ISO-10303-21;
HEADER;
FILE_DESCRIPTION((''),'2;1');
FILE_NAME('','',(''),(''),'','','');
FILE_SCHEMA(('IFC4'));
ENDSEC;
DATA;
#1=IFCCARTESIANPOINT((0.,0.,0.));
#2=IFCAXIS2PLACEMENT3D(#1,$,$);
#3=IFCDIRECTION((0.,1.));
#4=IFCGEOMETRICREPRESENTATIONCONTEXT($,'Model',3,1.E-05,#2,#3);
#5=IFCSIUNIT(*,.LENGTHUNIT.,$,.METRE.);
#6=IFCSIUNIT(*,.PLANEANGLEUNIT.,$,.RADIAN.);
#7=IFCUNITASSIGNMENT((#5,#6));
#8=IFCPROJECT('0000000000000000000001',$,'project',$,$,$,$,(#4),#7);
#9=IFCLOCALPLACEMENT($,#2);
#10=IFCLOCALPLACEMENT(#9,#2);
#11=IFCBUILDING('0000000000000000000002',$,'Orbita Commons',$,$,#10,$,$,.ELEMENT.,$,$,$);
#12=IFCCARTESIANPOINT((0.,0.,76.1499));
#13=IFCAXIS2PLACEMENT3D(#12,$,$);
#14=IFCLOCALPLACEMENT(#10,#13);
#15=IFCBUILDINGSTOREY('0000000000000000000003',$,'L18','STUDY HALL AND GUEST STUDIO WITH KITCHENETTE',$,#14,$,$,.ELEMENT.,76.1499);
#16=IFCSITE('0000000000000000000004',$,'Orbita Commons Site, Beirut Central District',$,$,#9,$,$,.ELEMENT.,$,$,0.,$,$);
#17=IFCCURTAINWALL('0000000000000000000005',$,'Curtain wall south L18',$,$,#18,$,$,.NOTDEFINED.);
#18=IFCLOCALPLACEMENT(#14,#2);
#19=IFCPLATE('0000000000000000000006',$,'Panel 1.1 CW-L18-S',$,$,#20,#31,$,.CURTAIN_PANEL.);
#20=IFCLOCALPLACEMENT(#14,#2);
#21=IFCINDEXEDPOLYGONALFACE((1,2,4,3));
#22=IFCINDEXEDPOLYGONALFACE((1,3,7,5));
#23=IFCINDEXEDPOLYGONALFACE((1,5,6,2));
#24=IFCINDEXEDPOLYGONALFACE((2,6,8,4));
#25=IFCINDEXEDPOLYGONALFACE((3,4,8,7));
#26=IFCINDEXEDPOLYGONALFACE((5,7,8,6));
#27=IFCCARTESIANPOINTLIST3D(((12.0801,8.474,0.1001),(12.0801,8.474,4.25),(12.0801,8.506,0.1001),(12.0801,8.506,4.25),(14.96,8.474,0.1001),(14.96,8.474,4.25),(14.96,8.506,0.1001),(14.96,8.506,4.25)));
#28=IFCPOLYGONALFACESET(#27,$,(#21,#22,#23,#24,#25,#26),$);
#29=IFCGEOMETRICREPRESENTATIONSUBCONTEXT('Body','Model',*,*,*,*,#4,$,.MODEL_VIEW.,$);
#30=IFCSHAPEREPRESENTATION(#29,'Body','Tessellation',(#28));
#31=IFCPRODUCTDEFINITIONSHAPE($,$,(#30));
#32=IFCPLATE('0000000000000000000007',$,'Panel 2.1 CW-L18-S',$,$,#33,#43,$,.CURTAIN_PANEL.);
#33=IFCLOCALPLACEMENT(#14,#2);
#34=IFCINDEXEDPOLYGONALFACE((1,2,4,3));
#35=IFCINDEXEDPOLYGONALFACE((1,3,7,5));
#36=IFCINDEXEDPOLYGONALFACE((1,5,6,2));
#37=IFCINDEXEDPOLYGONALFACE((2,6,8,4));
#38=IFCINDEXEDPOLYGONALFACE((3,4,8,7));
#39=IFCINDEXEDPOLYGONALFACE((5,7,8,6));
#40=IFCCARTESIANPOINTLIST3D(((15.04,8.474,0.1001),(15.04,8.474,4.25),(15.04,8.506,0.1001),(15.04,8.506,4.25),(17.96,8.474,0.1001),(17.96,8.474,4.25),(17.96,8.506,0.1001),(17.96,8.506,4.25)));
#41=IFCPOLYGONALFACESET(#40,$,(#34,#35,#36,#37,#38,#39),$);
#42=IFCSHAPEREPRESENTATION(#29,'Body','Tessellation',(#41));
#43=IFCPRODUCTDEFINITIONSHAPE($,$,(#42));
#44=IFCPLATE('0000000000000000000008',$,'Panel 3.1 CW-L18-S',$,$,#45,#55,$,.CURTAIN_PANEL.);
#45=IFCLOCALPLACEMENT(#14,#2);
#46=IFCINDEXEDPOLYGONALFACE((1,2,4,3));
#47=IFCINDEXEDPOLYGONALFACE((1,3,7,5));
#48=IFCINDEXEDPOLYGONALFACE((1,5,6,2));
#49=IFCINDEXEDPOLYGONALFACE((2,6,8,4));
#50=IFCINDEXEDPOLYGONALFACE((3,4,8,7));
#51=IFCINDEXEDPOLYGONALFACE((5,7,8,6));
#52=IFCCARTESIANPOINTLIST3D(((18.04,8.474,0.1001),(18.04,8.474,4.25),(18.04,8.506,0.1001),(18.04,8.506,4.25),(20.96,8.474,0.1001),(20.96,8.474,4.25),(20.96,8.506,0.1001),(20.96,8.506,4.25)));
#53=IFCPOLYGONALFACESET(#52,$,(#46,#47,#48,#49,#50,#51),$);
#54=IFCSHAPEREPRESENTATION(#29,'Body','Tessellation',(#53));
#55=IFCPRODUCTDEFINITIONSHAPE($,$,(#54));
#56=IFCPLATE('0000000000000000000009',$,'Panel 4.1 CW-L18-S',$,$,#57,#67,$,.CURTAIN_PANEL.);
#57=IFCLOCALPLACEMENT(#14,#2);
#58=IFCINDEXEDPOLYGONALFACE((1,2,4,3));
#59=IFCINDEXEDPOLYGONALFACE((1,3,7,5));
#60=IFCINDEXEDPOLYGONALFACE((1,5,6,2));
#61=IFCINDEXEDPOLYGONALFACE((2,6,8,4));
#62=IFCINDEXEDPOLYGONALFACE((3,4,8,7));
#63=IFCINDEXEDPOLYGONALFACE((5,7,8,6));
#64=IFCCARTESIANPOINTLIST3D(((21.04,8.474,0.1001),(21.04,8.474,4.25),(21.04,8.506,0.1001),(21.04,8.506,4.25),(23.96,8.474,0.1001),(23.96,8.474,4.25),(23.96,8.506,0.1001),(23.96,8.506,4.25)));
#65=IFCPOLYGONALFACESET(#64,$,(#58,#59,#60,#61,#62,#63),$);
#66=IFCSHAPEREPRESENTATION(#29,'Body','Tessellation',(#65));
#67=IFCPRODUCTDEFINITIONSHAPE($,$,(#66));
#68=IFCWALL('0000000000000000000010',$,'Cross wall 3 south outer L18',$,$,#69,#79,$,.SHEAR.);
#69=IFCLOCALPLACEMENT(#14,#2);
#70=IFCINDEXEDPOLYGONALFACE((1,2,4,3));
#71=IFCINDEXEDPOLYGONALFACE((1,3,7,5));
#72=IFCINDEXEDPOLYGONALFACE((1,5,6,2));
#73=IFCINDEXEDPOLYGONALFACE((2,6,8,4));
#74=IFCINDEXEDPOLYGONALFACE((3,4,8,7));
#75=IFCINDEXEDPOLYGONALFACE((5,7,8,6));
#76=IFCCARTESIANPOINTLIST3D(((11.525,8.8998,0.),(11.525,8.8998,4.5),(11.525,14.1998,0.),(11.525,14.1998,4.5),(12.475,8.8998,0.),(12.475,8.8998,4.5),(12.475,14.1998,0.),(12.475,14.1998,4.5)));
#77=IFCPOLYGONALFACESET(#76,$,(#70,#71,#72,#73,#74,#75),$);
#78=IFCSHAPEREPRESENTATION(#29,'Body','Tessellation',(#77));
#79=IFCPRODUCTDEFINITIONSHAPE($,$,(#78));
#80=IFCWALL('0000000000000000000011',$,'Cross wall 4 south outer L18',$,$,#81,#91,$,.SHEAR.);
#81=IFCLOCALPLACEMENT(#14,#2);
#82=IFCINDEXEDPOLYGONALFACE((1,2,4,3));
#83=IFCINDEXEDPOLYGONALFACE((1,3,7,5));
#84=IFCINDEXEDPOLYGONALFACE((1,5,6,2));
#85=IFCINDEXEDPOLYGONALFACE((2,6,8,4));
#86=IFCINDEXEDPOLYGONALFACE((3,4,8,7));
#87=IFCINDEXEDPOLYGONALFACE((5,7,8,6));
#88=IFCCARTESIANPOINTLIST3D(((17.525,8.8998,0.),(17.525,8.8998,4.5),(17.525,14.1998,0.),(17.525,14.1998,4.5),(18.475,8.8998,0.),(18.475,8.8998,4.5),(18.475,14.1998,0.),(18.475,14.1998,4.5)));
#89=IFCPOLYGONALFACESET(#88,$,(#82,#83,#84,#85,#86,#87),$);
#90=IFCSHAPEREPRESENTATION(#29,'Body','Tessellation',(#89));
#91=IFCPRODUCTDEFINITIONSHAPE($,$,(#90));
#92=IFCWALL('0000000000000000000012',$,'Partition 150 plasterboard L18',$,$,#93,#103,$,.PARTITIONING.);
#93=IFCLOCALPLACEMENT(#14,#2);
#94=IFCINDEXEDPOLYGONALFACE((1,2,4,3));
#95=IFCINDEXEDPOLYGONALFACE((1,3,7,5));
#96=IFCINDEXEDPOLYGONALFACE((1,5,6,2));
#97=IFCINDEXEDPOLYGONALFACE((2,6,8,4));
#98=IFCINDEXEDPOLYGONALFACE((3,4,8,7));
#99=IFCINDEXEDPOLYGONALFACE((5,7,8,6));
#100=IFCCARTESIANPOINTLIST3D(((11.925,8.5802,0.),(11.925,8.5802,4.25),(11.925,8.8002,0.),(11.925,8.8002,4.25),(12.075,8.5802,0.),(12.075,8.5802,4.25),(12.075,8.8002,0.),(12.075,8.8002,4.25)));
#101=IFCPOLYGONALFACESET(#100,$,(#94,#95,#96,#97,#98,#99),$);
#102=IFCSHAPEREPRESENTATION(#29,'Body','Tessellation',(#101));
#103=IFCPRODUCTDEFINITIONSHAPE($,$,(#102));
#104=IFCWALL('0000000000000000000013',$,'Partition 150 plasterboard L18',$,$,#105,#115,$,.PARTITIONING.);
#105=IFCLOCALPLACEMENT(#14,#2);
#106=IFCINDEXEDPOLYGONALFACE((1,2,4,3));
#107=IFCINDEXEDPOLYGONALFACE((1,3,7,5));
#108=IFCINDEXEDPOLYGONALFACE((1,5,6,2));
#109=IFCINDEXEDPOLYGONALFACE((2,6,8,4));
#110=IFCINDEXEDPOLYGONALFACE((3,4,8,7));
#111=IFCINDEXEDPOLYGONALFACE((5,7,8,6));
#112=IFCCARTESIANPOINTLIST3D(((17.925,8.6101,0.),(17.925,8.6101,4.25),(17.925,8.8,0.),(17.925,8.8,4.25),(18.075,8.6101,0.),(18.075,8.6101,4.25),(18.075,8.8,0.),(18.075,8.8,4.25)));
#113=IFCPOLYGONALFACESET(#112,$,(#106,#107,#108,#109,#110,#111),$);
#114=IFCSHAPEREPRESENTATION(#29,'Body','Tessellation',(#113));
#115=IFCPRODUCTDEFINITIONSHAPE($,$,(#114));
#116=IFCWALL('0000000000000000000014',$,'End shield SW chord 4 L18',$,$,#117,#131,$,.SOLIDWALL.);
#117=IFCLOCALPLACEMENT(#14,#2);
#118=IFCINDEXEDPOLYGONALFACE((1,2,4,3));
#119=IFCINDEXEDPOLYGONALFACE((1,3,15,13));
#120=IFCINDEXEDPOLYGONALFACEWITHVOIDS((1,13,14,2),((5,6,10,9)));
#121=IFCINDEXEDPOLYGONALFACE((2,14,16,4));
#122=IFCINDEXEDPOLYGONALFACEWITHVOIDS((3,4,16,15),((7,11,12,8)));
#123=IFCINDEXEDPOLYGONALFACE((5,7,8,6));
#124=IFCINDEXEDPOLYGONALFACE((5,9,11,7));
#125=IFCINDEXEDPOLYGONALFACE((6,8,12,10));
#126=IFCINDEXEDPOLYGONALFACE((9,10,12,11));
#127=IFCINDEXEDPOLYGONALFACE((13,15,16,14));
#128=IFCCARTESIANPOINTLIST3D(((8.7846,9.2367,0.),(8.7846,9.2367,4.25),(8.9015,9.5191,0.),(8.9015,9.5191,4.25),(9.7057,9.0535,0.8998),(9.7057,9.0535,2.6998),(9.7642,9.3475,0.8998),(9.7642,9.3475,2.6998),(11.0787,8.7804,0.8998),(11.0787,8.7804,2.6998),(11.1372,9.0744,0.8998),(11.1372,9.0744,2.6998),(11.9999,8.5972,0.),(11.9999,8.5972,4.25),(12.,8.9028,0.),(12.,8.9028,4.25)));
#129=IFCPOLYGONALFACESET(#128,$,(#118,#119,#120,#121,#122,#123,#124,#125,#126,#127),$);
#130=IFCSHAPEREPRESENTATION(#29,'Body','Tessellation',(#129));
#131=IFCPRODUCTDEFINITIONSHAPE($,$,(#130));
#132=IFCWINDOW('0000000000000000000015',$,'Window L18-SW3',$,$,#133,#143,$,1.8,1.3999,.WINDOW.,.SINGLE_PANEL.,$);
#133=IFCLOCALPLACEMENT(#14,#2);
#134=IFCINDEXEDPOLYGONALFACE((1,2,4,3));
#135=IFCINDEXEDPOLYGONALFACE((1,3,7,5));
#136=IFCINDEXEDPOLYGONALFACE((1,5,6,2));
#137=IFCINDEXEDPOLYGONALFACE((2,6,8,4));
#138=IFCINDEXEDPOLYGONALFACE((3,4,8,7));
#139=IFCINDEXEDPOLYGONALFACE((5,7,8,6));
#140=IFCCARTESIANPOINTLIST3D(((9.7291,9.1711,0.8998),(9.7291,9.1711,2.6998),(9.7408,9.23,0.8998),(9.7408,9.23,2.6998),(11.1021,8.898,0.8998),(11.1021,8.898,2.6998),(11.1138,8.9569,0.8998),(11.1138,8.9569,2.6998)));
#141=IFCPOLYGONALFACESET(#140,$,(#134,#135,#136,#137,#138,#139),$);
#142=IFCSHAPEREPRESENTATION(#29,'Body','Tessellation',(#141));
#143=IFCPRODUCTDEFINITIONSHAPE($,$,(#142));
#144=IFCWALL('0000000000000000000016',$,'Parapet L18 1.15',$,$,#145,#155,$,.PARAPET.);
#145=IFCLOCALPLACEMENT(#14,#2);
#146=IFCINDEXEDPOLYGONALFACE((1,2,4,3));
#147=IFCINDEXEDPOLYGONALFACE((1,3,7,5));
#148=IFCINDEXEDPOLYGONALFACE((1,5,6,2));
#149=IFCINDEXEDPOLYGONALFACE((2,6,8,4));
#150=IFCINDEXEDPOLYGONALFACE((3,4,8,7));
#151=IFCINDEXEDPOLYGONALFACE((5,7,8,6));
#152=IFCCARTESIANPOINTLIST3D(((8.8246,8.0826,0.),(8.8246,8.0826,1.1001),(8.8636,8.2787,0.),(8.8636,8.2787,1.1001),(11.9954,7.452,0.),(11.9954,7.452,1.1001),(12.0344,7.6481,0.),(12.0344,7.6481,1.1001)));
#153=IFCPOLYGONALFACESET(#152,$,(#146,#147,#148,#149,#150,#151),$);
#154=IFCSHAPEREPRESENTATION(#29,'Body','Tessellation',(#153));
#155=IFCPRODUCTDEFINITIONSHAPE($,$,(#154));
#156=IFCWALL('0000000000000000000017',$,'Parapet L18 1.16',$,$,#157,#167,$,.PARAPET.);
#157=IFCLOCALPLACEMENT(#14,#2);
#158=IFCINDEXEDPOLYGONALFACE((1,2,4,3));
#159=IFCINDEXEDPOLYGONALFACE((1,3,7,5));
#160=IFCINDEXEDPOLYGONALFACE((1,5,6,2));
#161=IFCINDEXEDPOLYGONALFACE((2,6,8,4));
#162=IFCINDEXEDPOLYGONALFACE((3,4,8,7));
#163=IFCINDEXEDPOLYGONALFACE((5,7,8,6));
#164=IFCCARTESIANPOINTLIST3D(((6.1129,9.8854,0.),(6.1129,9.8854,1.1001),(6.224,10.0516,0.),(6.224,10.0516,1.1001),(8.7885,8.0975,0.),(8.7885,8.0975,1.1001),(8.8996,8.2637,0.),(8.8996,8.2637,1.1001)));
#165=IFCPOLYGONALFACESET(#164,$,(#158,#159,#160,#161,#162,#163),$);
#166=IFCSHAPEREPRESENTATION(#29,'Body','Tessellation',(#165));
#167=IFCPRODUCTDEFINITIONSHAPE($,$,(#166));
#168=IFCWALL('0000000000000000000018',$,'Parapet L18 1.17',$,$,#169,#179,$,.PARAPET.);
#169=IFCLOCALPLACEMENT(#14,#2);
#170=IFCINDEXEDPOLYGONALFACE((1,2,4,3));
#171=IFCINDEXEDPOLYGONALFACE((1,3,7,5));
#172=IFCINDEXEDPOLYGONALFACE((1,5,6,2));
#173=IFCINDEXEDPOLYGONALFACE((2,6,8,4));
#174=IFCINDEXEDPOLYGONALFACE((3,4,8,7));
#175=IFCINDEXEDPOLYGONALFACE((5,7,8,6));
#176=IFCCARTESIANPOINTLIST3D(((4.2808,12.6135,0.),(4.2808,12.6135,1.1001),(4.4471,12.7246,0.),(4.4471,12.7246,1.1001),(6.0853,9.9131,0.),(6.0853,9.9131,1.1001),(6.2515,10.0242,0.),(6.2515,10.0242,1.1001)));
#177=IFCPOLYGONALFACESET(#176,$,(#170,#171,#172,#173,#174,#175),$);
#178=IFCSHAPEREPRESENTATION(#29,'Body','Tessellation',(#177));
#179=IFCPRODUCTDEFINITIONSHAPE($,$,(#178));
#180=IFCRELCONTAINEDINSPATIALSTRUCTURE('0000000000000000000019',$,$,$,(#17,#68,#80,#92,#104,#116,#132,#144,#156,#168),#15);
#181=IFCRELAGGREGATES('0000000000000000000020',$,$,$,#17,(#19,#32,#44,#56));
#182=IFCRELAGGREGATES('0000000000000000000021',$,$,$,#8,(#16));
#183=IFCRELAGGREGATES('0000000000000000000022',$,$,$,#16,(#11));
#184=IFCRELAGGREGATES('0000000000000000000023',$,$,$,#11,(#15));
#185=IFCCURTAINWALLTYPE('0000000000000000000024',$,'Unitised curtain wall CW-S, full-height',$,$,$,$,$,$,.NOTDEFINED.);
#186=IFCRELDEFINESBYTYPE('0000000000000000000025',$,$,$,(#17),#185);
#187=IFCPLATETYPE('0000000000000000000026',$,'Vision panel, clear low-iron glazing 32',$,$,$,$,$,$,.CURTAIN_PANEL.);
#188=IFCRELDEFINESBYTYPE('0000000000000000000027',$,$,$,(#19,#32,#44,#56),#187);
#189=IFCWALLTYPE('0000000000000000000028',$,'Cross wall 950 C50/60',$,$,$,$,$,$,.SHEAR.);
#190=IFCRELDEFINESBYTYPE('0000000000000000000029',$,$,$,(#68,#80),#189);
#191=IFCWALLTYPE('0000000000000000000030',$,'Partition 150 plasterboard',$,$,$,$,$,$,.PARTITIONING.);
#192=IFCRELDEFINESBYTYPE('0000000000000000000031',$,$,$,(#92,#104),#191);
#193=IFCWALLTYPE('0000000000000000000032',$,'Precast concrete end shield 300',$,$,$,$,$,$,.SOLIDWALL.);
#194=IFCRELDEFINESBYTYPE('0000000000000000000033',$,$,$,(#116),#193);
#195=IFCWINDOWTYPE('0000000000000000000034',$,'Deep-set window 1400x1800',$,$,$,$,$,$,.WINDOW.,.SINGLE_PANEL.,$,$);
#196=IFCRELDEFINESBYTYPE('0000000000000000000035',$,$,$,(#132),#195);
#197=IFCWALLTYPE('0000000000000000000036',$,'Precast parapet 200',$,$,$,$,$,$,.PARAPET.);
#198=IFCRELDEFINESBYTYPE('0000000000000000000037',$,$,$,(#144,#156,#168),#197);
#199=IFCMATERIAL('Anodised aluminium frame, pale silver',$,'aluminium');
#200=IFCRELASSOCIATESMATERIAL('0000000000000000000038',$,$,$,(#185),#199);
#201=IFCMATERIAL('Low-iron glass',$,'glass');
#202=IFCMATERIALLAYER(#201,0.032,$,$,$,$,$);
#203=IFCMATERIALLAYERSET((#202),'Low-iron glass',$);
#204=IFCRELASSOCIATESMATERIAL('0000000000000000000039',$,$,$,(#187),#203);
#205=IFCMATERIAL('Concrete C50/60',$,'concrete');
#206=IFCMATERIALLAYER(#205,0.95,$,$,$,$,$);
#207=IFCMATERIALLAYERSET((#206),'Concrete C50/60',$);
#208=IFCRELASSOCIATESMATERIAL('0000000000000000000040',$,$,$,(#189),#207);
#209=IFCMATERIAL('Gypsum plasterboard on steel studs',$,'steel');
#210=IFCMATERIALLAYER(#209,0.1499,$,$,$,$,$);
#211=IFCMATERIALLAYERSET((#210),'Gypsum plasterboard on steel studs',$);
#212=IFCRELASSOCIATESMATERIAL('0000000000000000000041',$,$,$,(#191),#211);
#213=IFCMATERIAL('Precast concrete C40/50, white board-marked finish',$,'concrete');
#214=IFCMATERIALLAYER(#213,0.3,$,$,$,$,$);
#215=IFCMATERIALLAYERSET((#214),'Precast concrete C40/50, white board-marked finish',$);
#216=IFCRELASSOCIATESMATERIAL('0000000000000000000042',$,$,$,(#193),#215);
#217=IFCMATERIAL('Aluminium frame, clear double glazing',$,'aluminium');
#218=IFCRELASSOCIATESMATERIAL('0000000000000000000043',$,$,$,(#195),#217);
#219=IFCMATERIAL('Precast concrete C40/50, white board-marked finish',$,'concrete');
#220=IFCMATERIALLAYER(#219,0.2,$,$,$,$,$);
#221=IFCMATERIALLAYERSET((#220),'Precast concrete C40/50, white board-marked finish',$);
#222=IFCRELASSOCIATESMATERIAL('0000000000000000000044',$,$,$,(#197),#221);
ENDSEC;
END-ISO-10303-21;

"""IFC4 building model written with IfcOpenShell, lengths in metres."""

from ifc_helpers import new_model, si_unit, direction, frame, frame_2d, origin, origin_2d, place, context, subcontext, project, spatial, polyline, rectangle, outline, extrude, material, layer, layer_set, type_object, element, fill, aggregate, save


model = new_model("IFC4")

# Units and contexts
model_context = context("Model", 3, precision=1e-05, world=origin(), true_north=direction((0.0, 1.0)))
body_context = subcontext(model_context, "Body", "Model", "MODEL_VIEW")
ifc_project = project(units=[si_unit("LENGTHUNIT", "METRE"), si_unit("PLANEANGLEUNIT", "RADIAN")], contexts=[model_context])

# Site, building, storey
site_placement = place(None, origin())
site = spatial("IfcSite", under=ifc_project, at=site_placement, Name="Orbita Commons Site, Beirut Central District", CompositionType="ELEMENT", RefElevation=0.0)
building_placement = place(site_placement, origin())
building = spatial("IfcBuilding", under=site, at=building_placement, Name="Orbita Commons", CompositionType="ELEMENT")
storey_placement = place(building_placement, frame((0.0, 0.0, 76.1499)))
storey = spatial("IfcBuildingStorey", under=building, at=storey_placement, Name="L18", Description="STUDY HALL AND GUEST STUDIO WITH KITCHENETTE", CompositionType="ELEMENT", Elevation=76.1499)

# Curtain wall
ifc_material_1 = material(Name="Anodised aluminium frame, pale silver", Category="aluminium")
curtain_wall_type = type_object("IfcCurtainWallType", Name="Unitised curtain wall CW-S, full-height", PredefinedType="NOTDEFINED", material=ifc_material_1)
curtain_wall_placement = place(storey_placement, origin())
curtain_wall = element("IfcCurtainWall", 1, at=curtain_wall_placement, inside=storey, type_object=curtain_wall_type, Name="Curtain wall south L18", PredefinedType="NOTDEFINED")

# Plates
ifc_material_2 = material(Name="Low-iron glass", Category="glass")
ifc_layer_1 = layer(ifc_material_2, 0.032)
ifc_layer_set_1 = layer_set([ifc_layer_1], Name="Low-iron glass")
plate_type = type_object("IfcPlateType", Name="Vision panel, clear low-iron glazing 32", PredefinedType="CURTAIN_PANEL", material=ifc_layer_set_1)
plate_1_placement = place(storey_placement, frame((13.52, 8.49, 0.1001), z_axis=(0.0, 0.0, 1.0), x_axis=(1.0, 0.0, 0.0)))
plate_1 = element("IfcPlate", 2, at=plate_1_placement, type_object=plate_type, Name="Panel 1.1 CW-L18-S", PredefinedType="CURTAIN_PANEL", context=body_context, shape_type="SweptSolid", body=[
    extrude(rectangle(XDim=2.8799, YDim=0.032, at=origin_2d()), origin(), (0.0, 0.0, 1.0), 4.1499),
])
plate_2_placement = place(storey_placement, frame((16.5, 8.49, 0.1001), z_axis=(0.0, 0.0, 1.0), x_axis=(1.0, 0.0, 0.0)))
plate_2 = element("IfcPlate", 3, at=plate_2_placement, type_object=plate_type, Name="Panel 2.1 CW-L18-S", PredefinedType="CURTAIN_PANEL", context=body_context, shape_type="SweptSolid", body=[
    extrude(rectangle(XDim=2.9199, YDim=0.032, at=origin_2d()), origin(), (0.0, 0.0, 1.0), 4.1499),
])
plate_3_placement = place(storey_placement, frame((19.5, 8.49, 0.1001), z_axis=(0.0, 0.0, 1.0), x_axis=(1.0, 0.0, 0.0)))
plate_3 = element("IfcPlate", 4, at=plate_3_placement, type_object=plate_type, Name="Panel 3.1 CW-L18-S", PredefinedType="CURTAIN_PANEL", context=body_context, shape_type="SweptSolid", body=[
    extrude(rectangle(XDim=2.9199, YDim=0.032, at=origin_2d()), origin(), (0.0, 0.0, 1.0), 4.1499),
])
plate_4_placement = place(storey_placement, frame((22.5, 8.49, 0.1001), z_axis=(0.0, 0.0, 1.0), x_axis=(1.0, 0.0, 0.0)))
plate_4 = element("IfcPlate", 5, at=plate_4_placement, type_object=plate_type, Name="Panel 4.1 CW-L18-S", PredefinedType="CURTAIN_PANEL", context=body_context, shape_type="SweptSolid", body=[
    extrude(rectangle(XDim=2.9199, YDim=0.032, at=origin_2d()), origin(), (0.0, 0.0, 1.0), 4.1499),
])
aggregate(curtain_wall, [plate_1, plate_2, plate_3, plate_4])

# Walls
ifc_material_3 = material(Name="Concrete C50/60", Category="concrete")
ifc_layer_2 = layer(ifc_material_3, 0.95)
ifc_layer_set_2 = layer_set([ifc_layer_2], Name="Concrete C50/60")
wall_type_1 = type_object("IfcWallType", Name="Cross wall 950 C50/60", PredefinedType="SHEAR", material=ifc_layer_set_2)
for number, where, z_axis, x_axis, name in (
    (6, (12.0, 8.8999, 0.0), (0.0, 0.0, 1.0), (0.0, 1.0, 0.0), "Cross wall 3 south outer L18"),
    (7, (18.0, 8.8999, 0.0), (0.0, 0.0, 1.0), (0.0, 1.0, 0.0), "Cross wall 4 south outer L18"),
):
    element("IfcWall", number, at=place(storey_placement, frame(where, z_axis=z_axis, x_axis=x_axis)), inside=storey, type_object=wall_type_1, Name=name, PredefinedType="SHEAR", context=body_context, shape_type="SweptSolid", body=[
        extrude(rectangle(XDim=5.3, YDim=0.95, at=frame_2d((2.6499, 0.0))), origin(), (0.0, 0.0, 1.0), 4.5),
    ])
ifc_material_4 = material(Name="Gypsum plasterboard on steel studs", Category="steel")
ifc_layer_3 = layer(ifc_material_4, 0.1499)
ifc_layer_set_3 = layer_set([ifc_layer_3], Name="Gypsum plasterboard on steel studs")
wall_type_2 = type_object("IfcWallType", Name="Partition 150 plasterboard", PredefinedType="PARTITIONING", material=ifc_layer_set_3)
wall_1_placement = place(storey_placement, frame((12.0, 8.8, 0.0), z_axis=(0.0, 0.0, 1.0), x_axis=(0.0, -1.0, 0.0)))
element("IfcWall", 8, at=wall_1_placement, inside=storey, type_object=wall_type_2, Name="Partition 150 plasterboard L18", PredefinedType="PARTITIONING", context=body_context, shape_type="SweptSolid", body=[
    extrude(rectangle(XDim=0.22, YDim=0.1499, at=frame_2d((0.1099, 0.0))), origin(), (0.0, 0.0, 1.0), 4.25),
])
wall_2_placement = place(storey_placement, frame((18.0, 8.8, 0.0), z_axis=(0.0, 0.0, 1.0), x_axis=(0.0, -1.0, 0.0)))
element("IfcWall", 9, at=wall_2_placement, inside=storey, type_object=wall_type_2, Name="Partition 150 plasterboard L18", PredefinedType="PARTITIONING", context=body_context, shape_type="SweptSolid", body=[
    extrude(rectangle(XDim=0.1899, YDim=0.1499, at=frame_2d((0.095, 0.0))), origin(), (0.0, 0.0, 1.0), 4.25),
])

# Wall, opening, window
ifc_material_5 = material(Name="Precast concrete C40/50, white board-marked finish", Category="concrete")
ifc_layer_4 = layer(ifc_material_5, 0.3)
ifc_layer_set_4 = layer_set([ifc_layer_4], Name="Precast concrete C40/50, white board-marked finish")
wall_type_3 = type_object("IfcWallType", Name="Precast concrete end shield 300", PredefinedType="SOLIDWALL", material=ifc_layer_set_4)
wall_3_placement = place(storey_placement, frame((8.843, 9.3779, 0.0), z_axis=(0.0, 0.0, 1.0), x_axis=(0.980787, -0.19508, 0.0)))
wall_3 = element("IfcWall", 10, at=wall_3_placement, inside=storey, type_object=wall_type_3, Name="End shield SW chord 4 L18", PredefinedType="SOLIDWALL", context=body_context, shape_type="SweptSolid", body=[
    extrude(outline(polyline([(-0.0298, -0.1499), (3.2485, -0.1499), (3.189, 0.1499), (0.0298, 0.1499), (-0.0298, -0.1499)])), origin(), (0.0, 0.0, 1.0), 4.25),
])
opening_placement = place(wall_3_placement, frame((0.9094, 0.0, 0.8999)))
opening = element("IfcOpeningElement", 11, at=opening_placement, cuts=wall_3, PredefinedType="OPENING", context=body_context, shape_type="SweptSolid", body=[
    extrude(rectangle(XDim=1.3999, YDim=1.8, at=frame_2d((0.7, 0.8999))), frame((0.0, 0.1599, 0.0), z_axis=(0.0, -1.0, 0.0), x_axis=(1.0, 0.0, 0.0)), (0.0, 0.0, 1.0), 0.3201),
])
ifc_material_6 = material(Name="Aluminium frame, clear double glazing", Category="aluminium")
window_type = type_object("IfcWindowType", Name="Deep-set window 1400x1800", PartitioningType="SINGLE_PANEL", PredefinedType="WINDOW", material=ifc_material_6)
window_placement = place(opening_placement, origin())
window = element("IfcWindow", 12, at=window_placement, inside=storey, type_object=window_type, Name="Window L18-SW3", OverallHeight=1.8, OverallWidth=1.3999, PartitioningType="SINGLE_PANEL", PredefinedType="WINDOW", context=body_context, shape_type="SweptSolid", body=[
    extrude(rectangle(XDim=1.3999, YDim=1.8, at=frame_2d((0.7, 0.8999))), frame((0.0, 0.03, 0.0), z_axis=(0.0, -1.0, 0.0), x_axis=(1.0, 0.0, 0.0)), (0.0, 0.0, 1.0), 0.0601),
])
fill(opening, window)

# Walls
ifc_material_7 = material(Name="Precast concrete C40/50, white board-marked finish", Category="concrete")
ifc_layer_5 = layer(ifc_material_7, 0.2)
ifc_layer_set_5 = layer_set([ifc_layer_5], Name="Precast concrete C40/50, white board-marked finish")
wall_type_4 = type_object("IfcWallType", Name="Precast parapet 200", PredefinedType="PARAPET", material=ifc_layer_set_5)
wall_4_placement = place(storey_placement, frame((12.0149, 7.55, 0.0), z_axis=(0.0, 0.0, 1.0), x_axis=(-0.980792, 0.195056, 0.0)))
element("IfcWall", 13, at=wall_4_placement, inside=storey, type_object=wall_type_4, Name="Parapet L18 1.15", PredefinedType="PARAPET", context=body_context, shape_type="SweptSolid", body=[
    extrude(rectangle(XDim=3.2329, YDim=0.2, at=frame_2d((1.6165, 0.0))), origin(), (0.0, 0.0, 1.0), 1.1001),
])
wall_5_placement = place(storey_placement, frame((8.844, 8.1807, 0.0), z_axis=(0.0, 0.0, 1.0), x_axis=(-0.831455, 0.555593, 0.0)))
element("IfcWall", 14, at=wall_5_placement, inside=storey, type_object=wall_type_4, Name="Parapet L18 1.16", PredefinedType="PARAPET", context=body_context, shape_type="SweptSolid", body=[
    extrude(rectangle(XDim=3.218, YDim=0.2, at=frame_2d((1.6089, 0.0))), origin(), (0.0, 0.0, 1.0), 1.1001),
])
wall_6_placement = place(storey_placement, frame((6.1685, 9.9685, 0.0), z_axis=(0.0, 0.0, 1.0), x_axis=(-0.555585, 0.83146, 0.0)))
element("IfcWall", 15, at=wall_6_placement, inside=storey, type_object=wall_type_4, Name="Parapet L18 1.17", PredefinedType="PARAPET", context=body_context, shape_type="SweptSolid", body=[
    extrude(rectangle(XDim=3.2478, YDim=0.2, at=frame_2d((1.624, 0.0))), origin(), (0.0, 0.0, 1.0), 1.1001),
])

save(model, "model.ifc")
